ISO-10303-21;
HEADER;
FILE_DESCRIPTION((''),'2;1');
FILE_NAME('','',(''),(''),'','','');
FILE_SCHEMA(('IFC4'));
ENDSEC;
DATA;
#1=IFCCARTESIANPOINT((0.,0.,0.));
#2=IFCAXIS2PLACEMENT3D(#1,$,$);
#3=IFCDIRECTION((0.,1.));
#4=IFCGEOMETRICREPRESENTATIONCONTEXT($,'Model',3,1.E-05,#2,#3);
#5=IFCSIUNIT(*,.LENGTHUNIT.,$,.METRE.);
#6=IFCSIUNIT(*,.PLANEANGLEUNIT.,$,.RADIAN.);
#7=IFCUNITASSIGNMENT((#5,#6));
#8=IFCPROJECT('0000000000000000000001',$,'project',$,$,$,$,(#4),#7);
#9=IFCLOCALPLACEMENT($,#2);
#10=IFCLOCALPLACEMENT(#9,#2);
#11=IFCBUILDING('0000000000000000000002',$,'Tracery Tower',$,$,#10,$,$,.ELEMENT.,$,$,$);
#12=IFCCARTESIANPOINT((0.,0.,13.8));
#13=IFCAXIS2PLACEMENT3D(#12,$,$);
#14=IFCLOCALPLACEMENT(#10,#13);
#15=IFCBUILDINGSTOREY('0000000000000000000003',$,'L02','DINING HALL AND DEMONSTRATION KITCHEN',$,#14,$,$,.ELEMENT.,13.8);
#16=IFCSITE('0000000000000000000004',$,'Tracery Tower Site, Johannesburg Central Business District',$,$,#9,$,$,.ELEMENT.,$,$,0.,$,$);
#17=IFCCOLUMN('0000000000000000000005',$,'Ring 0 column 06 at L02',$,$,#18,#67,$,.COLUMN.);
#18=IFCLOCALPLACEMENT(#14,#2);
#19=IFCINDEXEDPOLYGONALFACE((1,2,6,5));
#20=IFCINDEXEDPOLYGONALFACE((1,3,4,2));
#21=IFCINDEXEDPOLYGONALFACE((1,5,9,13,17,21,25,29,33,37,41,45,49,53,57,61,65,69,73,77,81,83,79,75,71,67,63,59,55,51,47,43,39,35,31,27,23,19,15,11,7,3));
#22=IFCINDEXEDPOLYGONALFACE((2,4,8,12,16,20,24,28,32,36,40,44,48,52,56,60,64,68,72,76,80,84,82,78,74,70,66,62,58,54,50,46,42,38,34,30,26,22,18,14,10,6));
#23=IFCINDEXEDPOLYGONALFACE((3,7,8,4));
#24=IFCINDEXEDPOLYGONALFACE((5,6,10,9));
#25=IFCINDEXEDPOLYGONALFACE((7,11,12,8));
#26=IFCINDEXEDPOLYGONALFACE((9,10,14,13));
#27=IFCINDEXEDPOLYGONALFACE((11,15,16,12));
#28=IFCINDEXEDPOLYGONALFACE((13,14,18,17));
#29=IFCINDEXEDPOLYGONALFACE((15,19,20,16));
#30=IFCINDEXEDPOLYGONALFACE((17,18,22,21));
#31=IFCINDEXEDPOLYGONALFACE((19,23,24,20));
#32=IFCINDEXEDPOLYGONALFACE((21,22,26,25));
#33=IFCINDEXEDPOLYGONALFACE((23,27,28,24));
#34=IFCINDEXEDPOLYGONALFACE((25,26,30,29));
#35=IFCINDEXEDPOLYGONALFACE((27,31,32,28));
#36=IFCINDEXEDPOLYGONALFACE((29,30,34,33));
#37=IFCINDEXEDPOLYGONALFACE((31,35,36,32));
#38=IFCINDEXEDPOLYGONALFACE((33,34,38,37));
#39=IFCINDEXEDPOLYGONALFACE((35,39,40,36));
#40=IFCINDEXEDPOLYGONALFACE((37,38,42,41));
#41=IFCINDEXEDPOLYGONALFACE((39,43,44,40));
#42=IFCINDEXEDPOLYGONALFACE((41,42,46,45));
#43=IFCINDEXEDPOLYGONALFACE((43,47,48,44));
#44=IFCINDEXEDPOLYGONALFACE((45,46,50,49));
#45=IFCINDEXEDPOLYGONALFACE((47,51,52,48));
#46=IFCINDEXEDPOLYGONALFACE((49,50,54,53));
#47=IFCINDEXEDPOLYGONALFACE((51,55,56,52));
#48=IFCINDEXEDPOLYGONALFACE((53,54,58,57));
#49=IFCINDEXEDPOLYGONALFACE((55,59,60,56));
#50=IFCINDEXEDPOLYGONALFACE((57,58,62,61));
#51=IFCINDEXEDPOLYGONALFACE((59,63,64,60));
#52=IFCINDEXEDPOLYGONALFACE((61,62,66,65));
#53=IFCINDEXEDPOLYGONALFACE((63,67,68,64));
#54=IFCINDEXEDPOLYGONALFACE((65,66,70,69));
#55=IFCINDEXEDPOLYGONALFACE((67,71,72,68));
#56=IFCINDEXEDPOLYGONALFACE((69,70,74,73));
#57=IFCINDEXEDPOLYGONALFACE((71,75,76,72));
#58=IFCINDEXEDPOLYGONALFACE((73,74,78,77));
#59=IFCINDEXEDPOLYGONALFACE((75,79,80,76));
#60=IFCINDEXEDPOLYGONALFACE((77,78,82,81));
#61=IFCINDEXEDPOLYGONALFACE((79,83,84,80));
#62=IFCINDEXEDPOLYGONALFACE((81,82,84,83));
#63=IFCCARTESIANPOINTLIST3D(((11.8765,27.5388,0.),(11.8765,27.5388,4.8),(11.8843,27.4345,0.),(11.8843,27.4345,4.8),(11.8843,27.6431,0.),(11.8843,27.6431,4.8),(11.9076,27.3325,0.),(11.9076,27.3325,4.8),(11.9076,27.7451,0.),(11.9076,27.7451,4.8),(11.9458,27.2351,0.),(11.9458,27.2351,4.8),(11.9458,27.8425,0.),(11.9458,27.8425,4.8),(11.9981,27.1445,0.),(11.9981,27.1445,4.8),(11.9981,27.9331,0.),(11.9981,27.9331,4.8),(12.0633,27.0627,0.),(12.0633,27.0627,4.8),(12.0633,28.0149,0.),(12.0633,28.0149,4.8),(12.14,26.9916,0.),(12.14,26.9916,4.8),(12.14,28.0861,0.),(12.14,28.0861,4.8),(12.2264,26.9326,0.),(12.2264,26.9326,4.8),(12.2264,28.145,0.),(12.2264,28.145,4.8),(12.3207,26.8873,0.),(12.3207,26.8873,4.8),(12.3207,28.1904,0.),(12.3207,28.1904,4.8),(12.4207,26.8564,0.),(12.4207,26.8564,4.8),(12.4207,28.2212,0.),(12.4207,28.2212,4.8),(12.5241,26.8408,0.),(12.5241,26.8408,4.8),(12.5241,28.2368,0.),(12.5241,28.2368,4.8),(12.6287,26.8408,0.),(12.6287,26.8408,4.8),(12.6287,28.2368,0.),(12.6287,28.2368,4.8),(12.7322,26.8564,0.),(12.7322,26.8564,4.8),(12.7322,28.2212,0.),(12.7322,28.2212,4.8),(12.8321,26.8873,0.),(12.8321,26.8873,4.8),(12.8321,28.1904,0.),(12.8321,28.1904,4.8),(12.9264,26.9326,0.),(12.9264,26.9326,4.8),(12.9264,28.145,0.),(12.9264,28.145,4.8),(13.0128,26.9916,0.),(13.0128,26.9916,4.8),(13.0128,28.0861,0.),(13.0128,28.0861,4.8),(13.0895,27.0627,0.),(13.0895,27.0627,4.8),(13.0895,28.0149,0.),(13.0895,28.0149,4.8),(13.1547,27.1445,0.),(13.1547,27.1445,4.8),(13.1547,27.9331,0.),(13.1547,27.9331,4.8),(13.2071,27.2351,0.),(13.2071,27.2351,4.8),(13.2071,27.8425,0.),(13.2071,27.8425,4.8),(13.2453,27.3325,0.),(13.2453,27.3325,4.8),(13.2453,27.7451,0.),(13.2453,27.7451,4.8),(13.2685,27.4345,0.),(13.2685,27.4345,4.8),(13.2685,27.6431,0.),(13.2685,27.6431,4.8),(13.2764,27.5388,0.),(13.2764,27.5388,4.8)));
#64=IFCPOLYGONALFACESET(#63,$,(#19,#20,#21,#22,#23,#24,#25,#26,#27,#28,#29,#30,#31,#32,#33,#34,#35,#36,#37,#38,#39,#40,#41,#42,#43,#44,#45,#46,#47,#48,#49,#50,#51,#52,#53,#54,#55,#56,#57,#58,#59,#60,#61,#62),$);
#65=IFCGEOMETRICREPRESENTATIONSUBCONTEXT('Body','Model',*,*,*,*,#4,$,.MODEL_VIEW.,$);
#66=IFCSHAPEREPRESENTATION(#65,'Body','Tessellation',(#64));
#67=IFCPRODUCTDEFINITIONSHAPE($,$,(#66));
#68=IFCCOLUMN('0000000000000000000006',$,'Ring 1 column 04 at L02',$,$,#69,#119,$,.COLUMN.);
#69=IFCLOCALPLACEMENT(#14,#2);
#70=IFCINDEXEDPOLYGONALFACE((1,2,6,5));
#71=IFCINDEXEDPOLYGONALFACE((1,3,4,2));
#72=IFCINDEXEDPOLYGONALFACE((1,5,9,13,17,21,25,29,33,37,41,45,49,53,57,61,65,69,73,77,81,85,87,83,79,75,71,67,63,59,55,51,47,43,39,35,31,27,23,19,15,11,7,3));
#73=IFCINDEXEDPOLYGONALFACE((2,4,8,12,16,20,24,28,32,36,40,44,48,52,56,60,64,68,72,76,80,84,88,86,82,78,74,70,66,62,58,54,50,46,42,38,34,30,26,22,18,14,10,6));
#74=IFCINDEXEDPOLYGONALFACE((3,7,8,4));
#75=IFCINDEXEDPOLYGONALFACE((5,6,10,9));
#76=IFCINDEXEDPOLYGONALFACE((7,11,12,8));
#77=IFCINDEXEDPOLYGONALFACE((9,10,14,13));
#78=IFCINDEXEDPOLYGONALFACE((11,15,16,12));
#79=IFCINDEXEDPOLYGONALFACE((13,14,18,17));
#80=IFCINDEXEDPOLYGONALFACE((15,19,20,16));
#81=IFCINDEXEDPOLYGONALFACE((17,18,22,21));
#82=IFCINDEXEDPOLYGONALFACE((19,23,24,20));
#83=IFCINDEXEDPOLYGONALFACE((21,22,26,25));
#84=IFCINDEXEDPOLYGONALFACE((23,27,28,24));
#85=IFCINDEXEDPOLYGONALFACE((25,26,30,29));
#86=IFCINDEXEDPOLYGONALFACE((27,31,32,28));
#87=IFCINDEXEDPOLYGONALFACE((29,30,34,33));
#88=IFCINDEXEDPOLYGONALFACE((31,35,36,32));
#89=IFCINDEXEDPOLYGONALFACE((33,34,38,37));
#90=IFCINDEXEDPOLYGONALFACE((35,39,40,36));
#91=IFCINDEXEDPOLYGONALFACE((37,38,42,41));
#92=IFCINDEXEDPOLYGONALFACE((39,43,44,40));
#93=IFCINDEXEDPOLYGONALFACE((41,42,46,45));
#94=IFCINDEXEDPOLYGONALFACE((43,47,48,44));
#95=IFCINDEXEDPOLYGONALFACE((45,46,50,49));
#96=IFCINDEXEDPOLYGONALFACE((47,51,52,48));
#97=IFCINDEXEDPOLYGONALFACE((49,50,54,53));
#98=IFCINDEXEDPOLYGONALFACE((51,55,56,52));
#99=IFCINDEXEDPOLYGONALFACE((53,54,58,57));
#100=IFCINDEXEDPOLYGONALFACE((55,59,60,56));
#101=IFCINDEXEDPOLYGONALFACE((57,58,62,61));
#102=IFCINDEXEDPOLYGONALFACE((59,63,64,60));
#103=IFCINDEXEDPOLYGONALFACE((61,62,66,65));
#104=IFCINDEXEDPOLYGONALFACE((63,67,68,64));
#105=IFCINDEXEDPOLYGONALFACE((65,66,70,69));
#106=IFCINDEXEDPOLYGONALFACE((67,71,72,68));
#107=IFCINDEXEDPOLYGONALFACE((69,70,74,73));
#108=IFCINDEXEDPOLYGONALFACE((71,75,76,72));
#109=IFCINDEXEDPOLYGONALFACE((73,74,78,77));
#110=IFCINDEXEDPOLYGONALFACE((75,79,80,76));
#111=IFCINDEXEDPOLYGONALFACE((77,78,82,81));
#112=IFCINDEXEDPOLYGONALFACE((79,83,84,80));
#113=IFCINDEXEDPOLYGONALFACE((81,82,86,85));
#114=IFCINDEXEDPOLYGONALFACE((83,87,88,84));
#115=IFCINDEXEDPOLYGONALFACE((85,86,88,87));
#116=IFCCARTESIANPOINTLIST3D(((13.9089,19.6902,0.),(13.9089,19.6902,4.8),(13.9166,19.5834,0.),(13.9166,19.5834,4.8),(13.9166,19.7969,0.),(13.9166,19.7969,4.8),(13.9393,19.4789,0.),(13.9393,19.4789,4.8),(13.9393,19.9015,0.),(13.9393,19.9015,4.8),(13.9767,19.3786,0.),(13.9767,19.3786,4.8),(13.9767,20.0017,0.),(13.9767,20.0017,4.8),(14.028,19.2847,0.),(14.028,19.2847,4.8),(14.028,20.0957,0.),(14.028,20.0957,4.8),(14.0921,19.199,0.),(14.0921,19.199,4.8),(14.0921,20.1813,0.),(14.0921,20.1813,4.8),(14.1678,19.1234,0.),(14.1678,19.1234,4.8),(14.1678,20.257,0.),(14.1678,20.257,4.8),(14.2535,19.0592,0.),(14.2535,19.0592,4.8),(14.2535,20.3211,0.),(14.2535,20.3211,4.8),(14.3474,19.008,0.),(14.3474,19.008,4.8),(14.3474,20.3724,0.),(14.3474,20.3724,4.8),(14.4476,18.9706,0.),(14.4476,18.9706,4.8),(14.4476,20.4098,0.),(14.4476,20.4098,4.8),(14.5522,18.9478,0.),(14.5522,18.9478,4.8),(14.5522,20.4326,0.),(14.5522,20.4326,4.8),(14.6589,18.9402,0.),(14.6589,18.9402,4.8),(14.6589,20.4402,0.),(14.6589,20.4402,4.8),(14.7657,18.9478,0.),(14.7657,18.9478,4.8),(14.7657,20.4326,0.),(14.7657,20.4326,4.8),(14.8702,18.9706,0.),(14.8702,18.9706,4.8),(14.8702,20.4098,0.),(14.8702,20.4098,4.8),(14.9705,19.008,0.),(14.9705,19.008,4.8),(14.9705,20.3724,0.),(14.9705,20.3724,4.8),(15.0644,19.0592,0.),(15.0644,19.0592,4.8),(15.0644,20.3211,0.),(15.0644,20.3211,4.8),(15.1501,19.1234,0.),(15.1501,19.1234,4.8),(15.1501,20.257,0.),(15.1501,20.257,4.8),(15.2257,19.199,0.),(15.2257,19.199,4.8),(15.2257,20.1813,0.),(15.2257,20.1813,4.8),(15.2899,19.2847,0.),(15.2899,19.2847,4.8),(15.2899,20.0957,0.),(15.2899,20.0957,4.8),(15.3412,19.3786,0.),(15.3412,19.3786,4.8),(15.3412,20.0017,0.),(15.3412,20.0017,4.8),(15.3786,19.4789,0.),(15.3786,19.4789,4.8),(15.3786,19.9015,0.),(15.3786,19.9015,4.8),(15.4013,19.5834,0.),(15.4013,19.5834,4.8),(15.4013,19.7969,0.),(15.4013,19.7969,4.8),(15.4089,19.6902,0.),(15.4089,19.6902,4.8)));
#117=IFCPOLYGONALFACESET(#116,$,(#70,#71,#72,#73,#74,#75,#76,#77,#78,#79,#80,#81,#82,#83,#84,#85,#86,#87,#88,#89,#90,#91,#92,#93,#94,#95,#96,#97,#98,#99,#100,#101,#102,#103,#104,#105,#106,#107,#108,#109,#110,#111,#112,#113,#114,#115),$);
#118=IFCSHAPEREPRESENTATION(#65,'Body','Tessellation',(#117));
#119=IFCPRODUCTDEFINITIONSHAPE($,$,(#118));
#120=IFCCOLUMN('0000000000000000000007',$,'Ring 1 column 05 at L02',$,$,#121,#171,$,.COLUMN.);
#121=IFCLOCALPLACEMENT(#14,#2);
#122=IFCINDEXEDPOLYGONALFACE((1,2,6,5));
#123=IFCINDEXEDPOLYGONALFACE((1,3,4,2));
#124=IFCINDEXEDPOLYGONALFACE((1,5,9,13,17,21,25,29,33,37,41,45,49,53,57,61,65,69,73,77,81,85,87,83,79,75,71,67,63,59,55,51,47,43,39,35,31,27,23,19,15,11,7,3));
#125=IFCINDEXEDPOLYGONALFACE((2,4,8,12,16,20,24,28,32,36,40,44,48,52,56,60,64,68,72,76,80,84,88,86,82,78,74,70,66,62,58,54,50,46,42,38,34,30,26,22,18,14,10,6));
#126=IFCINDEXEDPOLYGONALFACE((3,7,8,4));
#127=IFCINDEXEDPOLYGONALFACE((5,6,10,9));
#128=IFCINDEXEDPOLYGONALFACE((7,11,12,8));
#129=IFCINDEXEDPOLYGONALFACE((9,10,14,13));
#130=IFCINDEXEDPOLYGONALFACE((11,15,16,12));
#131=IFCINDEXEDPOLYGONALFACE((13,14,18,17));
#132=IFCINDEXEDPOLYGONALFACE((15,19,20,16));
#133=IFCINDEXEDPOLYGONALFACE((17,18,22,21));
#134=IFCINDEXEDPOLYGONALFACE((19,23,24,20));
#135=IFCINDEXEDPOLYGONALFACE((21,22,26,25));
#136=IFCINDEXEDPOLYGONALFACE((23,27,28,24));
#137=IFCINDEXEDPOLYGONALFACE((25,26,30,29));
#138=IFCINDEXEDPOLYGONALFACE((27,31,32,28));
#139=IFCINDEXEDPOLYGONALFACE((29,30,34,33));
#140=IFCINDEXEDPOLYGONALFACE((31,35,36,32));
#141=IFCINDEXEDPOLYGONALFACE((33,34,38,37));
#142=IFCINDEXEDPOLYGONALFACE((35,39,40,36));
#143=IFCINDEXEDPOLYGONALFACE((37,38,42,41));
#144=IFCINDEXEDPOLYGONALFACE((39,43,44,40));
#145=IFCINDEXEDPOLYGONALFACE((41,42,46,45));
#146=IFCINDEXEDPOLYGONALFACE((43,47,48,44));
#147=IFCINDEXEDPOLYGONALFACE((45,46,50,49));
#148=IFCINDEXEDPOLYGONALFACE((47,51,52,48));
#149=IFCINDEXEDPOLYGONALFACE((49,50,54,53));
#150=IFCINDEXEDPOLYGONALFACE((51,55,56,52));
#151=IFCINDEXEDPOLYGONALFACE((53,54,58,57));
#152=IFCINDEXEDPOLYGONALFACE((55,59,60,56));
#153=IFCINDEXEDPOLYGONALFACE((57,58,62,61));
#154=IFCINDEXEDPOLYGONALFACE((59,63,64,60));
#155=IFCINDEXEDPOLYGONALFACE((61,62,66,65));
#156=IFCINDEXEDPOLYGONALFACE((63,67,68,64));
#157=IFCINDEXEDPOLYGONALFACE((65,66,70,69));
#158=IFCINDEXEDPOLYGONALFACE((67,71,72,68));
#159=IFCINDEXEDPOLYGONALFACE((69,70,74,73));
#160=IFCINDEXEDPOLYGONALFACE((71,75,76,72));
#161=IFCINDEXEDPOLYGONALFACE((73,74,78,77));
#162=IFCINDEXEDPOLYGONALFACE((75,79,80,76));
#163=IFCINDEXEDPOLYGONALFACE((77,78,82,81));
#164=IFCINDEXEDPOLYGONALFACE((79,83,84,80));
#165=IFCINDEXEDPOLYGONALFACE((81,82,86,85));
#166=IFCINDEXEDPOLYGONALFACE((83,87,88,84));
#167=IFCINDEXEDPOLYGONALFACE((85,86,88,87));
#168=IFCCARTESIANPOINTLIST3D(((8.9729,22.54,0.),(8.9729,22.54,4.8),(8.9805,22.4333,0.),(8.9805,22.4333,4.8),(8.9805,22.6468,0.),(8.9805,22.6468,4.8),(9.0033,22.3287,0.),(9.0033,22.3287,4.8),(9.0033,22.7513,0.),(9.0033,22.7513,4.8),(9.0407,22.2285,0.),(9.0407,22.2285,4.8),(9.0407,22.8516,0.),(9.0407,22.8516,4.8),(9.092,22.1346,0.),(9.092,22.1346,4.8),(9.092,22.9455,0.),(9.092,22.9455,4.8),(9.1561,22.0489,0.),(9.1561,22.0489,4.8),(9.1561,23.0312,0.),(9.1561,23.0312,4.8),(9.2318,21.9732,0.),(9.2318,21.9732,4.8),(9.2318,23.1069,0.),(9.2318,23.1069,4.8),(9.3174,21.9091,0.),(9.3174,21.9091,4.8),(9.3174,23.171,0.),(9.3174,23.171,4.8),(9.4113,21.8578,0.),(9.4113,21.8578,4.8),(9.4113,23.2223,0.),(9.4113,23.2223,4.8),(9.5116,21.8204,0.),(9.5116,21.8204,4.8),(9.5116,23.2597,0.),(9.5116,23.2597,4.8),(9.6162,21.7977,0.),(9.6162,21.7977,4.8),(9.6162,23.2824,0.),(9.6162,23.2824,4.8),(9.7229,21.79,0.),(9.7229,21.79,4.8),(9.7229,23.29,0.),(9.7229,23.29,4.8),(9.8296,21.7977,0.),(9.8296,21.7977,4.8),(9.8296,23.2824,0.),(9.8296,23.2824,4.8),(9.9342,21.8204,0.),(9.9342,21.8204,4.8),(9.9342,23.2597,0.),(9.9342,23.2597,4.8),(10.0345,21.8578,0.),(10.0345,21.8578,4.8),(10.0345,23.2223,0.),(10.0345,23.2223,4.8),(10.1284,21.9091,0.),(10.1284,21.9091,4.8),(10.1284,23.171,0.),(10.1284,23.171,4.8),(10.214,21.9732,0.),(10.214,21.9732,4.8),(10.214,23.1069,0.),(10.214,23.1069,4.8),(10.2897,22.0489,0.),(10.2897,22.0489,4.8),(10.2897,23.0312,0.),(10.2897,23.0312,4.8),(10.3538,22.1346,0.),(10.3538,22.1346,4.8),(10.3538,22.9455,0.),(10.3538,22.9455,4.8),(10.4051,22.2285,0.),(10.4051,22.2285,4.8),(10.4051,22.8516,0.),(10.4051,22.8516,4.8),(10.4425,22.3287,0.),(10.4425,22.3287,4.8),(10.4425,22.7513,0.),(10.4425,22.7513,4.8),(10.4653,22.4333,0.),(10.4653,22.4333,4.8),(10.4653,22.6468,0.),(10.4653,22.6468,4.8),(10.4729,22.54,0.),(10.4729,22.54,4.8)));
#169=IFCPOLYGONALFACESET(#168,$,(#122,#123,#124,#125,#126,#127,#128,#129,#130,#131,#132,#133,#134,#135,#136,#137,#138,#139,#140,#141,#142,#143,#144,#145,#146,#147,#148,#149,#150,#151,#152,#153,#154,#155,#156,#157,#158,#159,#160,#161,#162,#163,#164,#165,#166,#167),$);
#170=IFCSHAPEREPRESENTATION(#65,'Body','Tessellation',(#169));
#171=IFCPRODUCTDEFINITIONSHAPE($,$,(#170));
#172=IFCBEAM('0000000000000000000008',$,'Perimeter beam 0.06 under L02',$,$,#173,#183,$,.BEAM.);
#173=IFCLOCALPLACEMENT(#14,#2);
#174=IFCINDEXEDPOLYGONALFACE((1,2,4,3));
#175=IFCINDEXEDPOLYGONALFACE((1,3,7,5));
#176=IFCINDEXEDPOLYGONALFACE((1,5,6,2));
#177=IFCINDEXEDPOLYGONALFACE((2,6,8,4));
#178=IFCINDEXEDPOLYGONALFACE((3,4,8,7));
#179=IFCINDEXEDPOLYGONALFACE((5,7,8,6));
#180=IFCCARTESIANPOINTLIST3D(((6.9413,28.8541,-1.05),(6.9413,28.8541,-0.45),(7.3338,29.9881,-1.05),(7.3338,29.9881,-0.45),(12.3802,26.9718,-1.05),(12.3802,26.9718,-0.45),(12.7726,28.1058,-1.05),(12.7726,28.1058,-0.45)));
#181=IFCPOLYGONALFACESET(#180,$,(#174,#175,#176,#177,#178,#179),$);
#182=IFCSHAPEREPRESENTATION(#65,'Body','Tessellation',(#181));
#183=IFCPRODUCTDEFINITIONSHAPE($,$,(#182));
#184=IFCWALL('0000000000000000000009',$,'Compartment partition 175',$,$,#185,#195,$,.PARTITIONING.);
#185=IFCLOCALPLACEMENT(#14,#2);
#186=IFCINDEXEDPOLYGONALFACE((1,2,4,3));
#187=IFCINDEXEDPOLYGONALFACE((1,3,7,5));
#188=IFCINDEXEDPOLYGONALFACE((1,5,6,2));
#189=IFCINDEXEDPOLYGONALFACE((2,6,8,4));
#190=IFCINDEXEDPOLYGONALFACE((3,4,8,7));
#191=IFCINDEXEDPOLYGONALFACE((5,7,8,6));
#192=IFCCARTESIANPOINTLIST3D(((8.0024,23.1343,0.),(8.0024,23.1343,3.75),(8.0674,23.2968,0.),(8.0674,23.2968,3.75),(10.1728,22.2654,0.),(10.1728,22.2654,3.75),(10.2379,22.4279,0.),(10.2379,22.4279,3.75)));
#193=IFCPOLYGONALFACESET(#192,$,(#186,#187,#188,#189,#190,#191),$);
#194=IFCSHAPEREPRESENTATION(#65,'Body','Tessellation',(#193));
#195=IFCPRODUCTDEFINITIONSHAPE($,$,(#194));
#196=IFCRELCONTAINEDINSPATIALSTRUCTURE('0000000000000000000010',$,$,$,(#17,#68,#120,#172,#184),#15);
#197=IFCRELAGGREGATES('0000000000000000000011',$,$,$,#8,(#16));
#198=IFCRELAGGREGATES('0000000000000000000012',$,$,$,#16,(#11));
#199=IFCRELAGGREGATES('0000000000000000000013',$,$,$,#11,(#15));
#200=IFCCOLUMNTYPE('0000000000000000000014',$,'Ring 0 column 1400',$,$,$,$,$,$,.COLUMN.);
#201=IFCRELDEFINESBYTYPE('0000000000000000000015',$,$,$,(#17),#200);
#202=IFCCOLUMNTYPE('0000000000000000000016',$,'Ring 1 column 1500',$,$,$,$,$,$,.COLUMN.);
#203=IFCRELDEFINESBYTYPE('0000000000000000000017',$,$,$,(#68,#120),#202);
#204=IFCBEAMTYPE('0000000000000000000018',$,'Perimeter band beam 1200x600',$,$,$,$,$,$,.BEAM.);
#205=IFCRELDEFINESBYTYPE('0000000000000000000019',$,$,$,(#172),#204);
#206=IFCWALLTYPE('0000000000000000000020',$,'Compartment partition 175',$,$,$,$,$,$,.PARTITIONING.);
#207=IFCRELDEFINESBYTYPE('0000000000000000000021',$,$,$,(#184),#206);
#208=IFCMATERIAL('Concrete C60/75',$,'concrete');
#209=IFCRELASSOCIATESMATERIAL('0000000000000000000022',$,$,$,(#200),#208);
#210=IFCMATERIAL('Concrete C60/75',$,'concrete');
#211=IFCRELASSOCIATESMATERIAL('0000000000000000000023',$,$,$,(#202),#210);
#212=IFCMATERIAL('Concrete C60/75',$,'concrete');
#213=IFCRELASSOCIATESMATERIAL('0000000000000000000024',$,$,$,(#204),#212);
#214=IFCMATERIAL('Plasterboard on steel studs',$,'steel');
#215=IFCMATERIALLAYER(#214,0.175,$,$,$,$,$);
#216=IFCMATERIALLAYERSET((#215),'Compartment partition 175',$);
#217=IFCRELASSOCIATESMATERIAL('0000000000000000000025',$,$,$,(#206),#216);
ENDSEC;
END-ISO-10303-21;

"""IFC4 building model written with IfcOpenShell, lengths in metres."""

from ifc_helpers import new_model, si_unit, direction, frame, frame_2d, origin, origin_2d, place, context, subcontext, project, spatial, rectangle, circle, extrude, material, layer, layer_set, material_profile, profile_set, type_object, element, save


model = new_model("IFC4")

# Units and contexts
model_context = context("Model", 3, precision=1e-05, world=origin(), true_north=direction((0.0, 1.0)))
body_context = subcontext(model_context, "Body", "Model", "MODEL_VIEW")
ifc_project = project(units=[si_unit("LENGTHUNIT", "METRE"), si_unit("PLANEANGLEUNIT", "RADIAN")], contexts=[model_context])

# Site, building, storey
site_placement = place(None, origin())
site = spatial("IfcSite", under=ifc_project, at=site_placement, Name="Tracery Tower Site, Johannesburg Central Business District", CompositionType="ELEMENT", RefElevation=0.0)
building_placement = place(site_placement, origin())
building = spatial("IfcBuilding", under=site, at=building_placement, Name="Tracery Tower", CompositionType="ELEMENT")
storey_placement = place(building_placement, frame((0.0, 0.0, 13.8)))
storey = spatial("IfcBuildingStorey", under=building, at=storey_placement, Name="L02", Description="DINING HALL AND DEMONSTRATION KITCHEN", CompositionType="ELEMENT", Elevation=13.8)

# Columns
ifc_material_1 = material(Name="Concrete C60/75", Category="concrete")
ifc_material_profile_1 = material_profile(ifc_material_1, circle(Radius=0.7, at=origin_2d()), Name="RC D1400")
ifc_profile_set_1 = profile_set([ifc_material_profile_1], Name="Concrete C60/75")
column_type_1 = type_object("IfcColumnType", Name="Ring 0 column 1400", PredefinedType="COLUMN", material=ifc_profile_set_1)
column_placement = place(storey_placement, frame((12.5764, 27.5388, 0.0), z_axis=(0.0, 0.0, 1.0), x_axis=(1.0, 0.0, 0.0)))
element("IfcColumn", 1, at=column_placement, inside=storey, type_object=column_type_1, Name="Ring 0 column 06 at L02", PredefinedType="COLUMN", context=body_context, shape_type="SweptSolid", body=[
    extrude(circle(Radius=0.7, at=origin_2d()), origin(), (0.0, 0.0, 1.0), 4.8),
])
ifc_material_2 = material(Name="Concrete C60/75", Category="concrete")
ifc_material_profile_2 = material_profile(ifc_material_2, circle(Radius=0.75, at=origin_2d()), Name="RC D1500")
ifc_profile_set_2 = profile_set([ifc_material_profile_2], Name="Concrete C60/75")
column_type_2 = type_object("IfcColumnType", Name="Ring 1 column 1500", PredefinedType="COLUMN", material=ifc_profile_set_2)
for number, where, z_axis, x_axis, name in (
    (2, (14.6589, 19.6902, 0.0), (0.0, 0.0, 1.0), (1.0, 0.0, 0.0), "Ring 1 column 04 at L02"),
    (3, (9.7229, 22.54, 0.0), (0.0, 0.0, 1.0), (1.0, 0.0, 0.0), "Ring 1 column 05 at L02"),
):
    element("IfcColumn", number, at=place(storey_placement, frame(where, z_axis=z_axis, x_axis=x_axis)), inside=storey, type_object=column_type_2, Name=name, PredefinedType="COLUMN", context=body_context, shape_type="SweptSolid", body=[
        extrude(circle(Radius=0.75, at=origin_2d()), origin(), (0.0, 0.0, 1.0), 4.8),
    ])

# Beam
ifc_material_3 = material(Name="Concrete C60/75", Category="concrete")
ifc_material_profile_3 = material_profile(ifc_material_3, rectangle(XDim=1.2, YDim=0.6001, at=origin_2d()), Name="RC 1200x600")
ifc_profile_set_3 = profile_set([ifc_material_profile_3], Name="Concrete C60/75")
beam_type = type_object("IfcBeamType", Name="Perimeter band beam 1200x600", PredefinedType="BEAM", material=ifc_profile_set_3)
beam_placement = place(storey_placement, frame((12.5764, 27.5388, -0.75), z_axis=(-0.945007, 0.327049, 0.0), x_axis=(-0.327049, -0.945007, 0.0)))
element("IfcBeam", 4, at=beam_placement, inside=storey, type_object=beam_type, Name="Perimeter beam 0.06 under L02", PredefinedType="BEAM", context=body_context, shape_type="SweptSolid", body=[
    extrude(rectangle(XDim=1.2, YDim=0.6001, at=origin_2d()), origin(), (0.0, 0.0, 1.0), 5.7554),
])

# Wall
ifc_material_4 = material(Name="Plasterboard on steel studs", Category="steel")
ifc_layer_1 = layer(ifc_material_4, 0.175)
ifc_layer_set_1 = layer_set([ifc_layer_1], Name="Compartment partition 175")
wall_type_1 = type_object("IfcWallType", Name="Compartment partition 175", PredefinedType="PARTITIONING", material=ifc_layer_set_1)
wall_1_placement = place(storey_placement, frame((10.2053, 22.3467, 0.0), z_axis=(0.0, 0.0, 1.0), x_axis=(-0.928369, 0.371661, 0.0)))
element("IfcWall", 5, at=wall_1_placement, inside=storey, type_object=wall_type_1, Name="Compartment partition 175", PredefinedType="PARTITIONING", context=body_context, shape_type="SweptSolid", body=[
    extrude(rectangle(XDim=2.3379, YDim=0.175, at=frame_2d((1.1689, 0.0))), origin(), (0.0, 0.0, 1.0), 3.75),
])

save(model, "model.ifc")
